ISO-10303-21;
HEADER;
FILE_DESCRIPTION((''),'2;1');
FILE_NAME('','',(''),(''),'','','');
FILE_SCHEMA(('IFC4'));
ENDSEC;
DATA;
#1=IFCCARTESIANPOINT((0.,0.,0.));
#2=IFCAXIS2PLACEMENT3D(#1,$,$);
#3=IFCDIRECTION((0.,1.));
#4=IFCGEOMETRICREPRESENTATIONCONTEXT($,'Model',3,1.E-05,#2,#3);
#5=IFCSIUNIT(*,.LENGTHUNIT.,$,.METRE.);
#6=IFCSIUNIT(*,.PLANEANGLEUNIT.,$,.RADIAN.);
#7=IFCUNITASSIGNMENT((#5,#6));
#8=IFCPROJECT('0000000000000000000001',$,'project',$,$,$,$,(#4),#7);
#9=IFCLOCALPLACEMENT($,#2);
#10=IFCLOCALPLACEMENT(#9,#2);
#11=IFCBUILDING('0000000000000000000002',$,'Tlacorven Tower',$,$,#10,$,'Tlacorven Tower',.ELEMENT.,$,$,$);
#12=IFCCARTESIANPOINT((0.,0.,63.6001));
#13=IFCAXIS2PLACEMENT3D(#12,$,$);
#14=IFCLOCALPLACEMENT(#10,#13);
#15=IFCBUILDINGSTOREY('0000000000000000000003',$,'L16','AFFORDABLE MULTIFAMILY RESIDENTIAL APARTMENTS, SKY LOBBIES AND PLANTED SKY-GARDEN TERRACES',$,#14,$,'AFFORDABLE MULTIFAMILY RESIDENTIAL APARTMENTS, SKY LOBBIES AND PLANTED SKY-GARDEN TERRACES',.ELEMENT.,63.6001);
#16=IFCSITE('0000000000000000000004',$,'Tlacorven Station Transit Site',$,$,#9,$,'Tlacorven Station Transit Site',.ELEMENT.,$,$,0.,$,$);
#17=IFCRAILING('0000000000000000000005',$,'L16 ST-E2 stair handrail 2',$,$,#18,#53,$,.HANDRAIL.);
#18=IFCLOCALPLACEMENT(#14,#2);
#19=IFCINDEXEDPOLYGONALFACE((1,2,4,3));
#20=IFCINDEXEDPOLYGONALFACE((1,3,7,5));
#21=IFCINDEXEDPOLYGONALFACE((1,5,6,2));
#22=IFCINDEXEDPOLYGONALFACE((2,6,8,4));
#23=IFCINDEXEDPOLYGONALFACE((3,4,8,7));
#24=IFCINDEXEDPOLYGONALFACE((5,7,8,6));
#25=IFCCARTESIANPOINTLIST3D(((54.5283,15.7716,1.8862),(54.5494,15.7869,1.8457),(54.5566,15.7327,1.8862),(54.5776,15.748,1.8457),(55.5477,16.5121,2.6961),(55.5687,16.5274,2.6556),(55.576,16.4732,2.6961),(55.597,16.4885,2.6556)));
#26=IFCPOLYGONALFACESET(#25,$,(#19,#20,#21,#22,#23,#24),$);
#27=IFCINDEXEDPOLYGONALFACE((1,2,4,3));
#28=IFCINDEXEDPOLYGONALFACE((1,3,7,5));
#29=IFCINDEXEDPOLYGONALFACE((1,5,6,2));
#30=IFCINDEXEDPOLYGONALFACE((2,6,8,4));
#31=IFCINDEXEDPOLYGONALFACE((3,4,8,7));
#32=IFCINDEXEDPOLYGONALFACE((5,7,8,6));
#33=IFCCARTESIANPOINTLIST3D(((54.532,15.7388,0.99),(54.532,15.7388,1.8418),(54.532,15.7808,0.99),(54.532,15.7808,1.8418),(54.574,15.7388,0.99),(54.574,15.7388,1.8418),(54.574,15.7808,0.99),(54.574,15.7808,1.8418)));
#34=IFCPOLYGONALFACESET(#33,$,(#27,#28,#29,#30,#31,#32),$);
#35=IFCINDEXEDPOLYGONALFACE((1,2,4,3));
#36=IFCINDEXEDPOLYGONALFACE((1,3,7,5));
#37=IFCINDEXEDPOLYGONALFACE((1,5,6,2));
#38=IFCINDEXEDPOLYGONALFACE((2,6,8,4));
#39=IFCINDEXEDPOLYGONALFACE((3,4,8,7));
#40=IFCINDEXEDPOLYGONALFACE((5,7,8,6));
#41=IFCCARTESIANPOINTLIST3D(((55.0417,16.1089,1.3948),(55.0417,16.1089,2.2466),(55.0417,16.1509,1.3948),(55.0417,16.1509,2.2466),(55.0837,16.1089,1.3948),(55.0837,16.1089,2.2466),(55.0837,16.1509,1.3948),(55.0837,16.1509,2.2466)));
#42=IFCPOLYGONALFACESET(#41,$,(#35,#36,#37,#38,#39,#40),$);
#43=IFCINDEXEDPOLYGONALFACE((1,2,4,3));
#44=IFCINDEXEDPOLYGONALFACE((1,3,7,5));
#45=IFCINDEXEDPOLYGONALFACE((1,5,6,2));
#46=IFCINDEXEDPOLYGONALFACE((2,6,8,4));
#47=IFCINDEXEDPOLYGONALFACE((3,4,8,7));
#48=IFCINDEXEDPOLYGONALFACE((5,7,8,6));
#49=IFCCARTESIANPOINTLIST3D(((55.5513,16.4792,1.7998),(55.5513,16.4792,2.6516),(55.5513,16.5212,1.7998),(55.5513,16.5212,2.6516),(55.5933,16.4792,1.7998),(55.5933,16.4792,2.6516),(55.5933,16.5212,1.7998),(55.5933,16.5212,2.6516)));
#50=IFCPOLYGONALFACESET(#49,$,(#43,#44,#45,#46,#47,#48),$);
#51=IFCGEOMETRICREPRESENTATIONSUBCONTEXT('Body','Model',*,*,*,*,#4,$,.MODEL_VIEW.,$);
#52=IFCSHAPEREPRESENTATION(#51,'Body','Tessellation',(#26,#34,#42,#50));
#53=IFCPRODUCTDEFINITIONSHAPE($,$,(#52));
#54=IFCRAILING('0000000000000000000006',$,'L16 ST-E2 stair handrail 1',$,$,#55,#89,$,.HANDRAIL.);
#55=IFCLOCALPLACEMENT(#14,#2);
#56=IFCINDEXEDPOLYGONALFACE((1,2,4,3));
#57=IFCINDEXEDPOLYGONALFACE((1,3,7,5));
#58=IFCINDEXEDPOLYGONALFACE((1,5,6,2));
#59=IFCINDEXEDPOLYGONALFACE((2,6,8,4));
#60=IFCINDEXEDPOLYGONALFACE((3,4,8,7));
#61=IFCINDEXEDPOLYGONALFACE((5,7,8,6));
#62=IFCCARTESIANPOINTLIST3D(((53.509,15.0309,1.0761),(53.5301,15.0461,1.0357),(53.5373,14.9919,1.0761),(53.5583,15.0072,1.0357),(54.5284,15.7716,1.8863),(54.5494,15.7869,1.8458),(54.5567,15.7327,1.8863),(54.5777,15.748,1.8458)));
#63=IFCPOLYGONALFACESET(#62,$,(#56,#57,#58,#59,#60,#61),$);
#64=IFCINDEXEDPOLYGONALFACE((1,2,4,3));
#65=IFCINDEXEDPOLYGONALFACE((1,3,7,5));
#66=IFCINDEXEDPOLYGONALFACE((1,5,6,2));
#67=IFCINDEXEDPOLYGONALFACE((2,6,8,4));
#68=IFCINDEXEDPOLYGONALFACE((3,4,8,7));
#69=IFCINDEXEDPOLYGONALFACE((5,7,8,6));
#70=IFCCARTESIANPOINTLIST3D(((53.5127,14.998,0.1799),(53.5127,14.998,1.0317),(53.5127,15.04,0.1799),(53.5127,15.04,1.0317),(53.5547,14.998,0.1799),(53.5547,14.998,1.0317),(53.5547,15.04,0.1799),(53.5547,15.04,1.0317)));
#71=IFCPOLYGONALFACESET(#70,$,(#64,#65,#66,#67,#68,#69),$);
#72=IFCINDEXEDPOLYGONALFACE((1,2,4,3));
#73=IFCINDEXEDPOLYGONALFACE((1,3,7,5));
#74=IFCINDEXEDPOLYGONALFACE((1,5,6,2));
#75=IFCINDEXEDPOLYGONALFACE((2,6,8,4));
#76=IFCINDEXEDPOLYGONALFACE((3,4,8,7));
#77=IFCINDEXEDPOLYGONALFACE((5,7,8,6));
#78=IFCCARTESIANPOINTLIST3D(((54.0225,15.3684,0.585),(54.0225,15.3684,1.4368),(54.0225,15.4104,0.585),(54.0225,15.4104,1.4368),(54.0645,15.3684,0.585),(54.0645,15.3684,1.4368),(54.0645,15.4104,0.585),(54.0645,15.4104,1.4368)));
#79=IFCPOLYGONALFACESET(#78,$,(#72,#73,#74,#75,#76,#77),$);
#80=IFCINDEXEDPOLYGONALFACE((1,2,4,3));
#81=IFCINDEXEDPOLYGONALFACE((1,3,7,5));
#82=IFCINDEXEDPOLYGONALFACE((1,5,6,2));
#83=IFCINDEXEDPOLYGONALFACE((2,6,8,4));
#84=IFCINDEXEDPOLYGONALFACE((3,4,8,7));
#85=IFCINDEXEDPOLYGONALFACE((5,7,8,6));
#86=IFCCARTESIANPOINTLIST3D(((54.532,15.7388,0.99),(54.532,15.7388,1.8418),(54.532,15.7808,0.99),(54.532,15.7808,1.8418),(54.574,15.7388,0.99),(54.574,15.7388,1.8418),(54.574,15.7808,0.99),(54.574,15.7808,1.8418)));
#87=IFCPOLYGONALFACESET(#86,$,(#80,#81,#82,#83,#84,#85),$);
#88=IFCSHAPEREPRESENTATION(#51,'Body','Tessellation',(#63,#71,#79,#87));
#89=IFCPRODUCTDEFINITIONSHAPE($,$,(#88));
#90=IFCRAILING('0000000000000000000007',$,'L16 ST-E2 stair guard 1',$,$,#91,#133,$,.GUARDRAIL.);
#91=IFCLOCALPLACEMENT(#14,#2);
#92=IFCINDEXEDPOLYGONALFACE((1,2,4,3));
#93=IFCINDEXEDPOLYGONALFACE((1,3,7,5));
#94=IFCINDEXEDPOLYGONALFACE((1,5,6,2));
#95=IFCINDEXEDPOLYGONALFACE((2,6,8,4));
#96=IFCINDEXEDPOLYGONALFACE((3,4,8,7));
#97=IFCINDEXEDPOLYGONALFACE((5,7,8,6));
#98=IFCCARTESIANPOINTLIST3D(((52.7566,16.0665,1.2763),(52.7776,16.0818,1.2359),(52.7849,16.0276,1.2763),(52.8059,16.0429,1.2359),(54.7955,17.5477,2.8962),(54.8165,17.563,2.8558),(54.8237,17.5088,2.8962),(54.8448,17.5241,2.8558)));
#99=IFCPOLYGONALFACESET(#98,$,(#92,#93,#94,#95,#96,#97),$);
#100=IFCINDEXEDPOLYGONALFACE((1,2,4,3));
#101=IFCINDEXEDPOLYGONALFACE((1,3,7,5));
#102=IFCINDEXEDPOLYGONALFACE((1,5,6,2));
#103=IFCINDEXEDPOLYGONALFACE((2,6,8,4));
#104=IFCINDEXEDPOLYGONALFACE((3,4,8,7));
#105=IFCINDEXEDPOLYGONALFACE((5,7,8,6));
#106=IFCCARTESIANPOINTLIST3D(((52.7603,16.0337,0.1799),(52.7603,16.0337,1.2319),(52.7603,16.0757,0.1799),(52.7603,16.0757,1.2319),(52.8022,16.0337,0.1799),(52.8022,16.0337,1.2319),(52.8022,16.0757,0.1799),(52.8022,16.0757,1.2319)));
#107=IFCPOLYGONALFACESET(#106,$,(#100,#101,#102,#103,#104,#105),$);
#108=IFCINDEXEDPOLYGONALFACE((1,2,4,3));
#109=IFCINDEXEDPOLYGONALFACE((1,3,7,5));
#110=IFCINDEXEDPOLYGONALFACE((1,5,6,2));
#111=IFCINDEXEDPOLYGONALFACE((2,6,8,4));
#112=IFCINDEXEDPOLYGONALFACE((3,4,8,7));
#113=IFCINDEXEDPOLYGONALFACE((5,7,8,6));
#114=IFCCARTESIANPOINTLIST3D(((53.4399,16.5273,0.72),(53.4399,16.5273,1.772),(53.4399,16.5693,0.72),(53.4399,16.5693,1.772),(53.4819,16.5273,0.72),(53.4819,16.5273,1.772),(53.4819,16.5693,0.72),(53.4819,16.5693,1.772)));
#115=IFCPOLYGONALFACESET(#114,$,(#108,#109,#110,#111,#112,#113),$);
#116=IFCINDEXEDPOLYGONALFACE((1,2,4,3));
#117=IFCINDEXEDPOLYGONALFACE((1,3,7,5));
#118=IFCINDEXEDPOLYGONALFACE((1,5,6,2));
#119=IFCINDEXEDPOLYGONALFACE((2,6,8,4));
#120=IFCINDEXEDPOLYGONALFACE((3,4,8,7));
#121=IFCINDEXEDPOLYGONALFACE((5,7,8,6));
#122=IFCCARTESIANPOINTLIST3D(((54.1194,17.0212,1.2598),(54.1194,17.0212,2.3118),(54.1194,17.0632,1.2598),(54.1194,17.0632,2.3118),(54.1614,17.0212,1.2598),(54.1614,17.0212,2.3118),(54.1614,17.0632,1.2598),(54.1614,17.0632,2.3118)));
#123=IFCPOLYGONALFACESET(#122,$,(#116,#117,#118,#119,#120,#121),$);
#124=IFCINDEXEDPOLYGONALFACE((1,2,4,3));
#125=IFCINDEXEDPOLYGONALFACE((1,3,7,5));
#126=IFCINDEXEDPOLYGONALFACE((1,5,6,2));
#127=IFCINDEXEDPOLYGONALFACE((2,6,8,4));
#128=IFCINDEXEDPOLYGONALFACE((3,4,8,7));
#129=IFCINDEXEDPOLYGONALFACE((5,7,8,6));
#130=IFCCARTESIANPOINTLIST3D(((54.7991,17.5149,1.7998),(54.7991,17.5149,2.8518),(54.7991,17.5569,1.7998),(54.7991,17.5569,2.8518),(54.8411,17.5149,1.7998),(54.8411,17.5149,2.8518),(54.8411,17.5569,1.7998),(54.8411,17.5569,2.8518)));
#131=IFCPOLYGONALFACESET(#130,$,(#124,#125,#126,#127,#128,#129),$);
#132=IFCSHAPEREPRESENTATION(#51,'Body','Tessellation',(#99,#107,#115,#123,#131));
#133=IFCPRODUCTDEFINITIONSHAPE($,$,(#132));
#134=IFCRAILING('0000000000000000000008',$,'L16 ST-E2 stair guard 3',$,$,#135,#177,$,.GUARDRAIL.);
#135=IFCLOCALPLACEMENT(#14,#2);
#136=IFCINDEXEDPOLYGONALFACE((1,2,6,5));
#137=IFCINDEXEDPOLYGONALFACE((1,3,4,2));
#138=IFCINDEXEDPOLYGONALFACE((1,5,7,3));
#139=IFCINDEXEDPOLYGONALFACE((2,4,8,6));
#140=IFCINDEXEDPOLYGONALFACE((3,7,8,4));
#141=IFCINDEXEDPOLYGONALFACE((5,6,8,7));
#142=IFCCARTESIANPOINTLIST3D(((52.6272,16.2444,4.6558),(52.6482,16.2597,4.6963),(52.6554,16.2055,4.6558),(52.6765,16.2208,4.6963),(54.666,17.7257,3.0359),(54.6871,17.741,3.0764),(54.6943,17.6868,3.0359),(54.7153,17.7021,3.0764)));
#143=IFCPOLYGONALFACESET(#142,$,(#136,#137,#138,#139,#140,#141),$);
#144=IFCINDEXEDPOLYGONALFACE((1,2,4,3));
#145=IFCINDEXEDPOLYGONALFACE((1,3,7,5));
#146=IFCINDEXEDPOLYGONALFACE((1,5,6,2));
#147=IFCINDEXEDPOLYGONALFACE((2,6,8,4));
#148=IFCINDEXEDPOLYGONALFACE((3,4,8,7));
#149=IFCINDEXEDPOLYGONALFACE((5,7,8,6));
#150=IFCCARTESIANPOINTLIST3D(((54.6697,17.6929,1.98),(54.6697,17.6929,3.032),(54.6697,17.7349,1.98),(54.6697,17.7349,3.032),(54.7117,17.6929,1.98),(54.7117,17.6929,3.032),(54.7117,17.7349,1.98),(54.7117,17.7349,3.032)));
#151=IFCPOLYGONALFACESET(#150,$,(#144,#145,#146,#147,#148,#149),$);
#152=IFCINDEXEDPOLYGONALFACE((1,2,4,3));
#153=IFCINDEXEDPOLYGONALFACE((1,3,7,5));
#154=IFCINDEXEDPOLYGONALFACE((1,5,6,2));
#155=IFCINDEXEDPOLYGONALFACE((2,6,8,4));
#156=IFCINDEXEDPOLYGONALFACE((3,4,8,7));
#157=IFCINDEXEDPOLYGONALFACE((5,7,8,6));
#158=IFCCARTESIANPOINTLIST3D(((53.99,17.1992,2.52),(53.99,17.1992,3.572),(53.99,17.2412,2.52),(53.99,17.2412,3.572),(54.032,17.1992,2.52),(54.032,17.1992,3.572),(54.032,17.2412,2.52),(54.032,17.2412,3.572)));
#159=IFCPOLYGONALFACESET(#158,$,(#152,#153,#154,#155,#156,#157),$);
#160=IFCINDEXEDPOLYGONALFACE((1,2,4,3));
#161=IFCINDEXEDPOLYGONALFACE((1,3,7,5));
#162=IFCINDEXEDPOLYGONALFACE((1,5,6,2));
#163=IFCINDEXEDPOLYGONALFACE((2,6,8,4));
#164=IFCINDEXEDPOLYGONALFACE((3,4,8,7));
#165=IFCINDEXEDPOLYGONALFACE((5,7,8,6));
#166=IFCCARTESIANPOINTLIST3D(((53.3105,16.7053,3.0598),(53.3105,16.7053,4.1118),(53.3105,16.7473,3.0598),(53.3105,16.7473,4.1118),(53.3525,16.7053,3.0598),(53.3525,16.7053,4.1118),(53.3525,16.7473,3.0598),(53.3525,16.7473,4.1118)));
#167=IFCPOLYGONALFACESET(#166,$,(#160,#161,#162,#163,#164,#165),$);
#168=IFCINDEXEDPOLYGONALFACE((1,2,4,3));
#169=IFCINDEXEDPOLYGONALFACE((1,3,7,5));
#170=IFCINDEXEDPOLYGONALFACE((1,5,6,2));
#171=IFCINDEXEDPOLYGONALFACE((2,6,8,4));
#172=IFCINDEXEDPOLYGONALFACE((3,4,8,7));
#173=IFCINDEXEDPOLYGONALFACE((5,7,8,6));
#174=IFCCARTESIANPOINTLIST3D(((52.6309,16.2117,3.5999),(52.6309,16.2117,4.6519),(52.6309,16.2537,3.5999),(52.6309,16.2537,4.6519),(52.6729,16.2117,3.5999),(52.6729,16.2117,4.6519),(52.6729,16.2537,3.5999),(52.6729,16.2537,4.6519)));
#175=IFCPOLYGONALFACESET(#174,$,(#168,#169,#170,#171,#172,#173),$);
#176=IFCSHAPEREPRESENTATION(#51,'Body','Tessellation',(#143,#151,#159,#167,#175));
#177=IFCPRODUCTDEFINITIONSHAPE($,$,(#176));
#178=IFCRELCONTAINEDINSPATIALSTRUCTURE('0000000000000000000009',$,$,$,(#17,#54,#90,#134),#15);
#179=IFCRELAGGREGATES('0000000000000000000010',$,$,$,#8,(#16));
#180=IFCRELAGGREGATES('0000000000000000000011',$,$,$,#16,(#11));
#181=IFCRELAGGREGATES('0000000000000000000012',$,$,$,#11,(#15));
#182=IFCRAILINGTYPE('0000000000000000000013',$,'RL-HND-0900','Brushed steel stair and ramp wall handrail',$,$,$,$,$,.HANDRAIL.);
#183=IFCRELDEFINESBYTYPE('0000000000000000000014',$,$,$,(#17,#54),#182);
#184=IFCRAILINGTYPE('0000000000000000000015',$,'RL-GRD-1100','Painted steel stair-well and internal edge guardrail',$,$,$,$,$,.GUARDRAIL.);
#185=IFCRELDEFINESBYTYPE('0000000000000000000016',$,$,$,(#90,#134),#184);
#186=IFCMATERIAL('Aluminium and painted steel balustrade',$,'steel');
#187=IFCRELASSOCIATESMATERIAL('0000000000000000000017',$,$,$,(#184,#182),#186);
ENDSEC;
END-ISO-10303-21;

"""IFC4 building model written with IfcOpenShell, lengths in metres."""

from ifc_helpers import new_model, si_unit, direction, frame, origin, origin_2d, place, context, subcontext, project, spatial, rectangle, extrude, source, transform, mapped, material, type_object, element, save


model = new_model("IFC4")

# Units and contexts
model_context = context("Model", 3, precision=1e-05, world=origin(), true_north=direction((0.0, 1.0)))
body_context = subcontext(model_context, "Body", "Model", "MODEL_VIEW")
ifc_project = project(units=[si_unit("LENGTHUNIT", "METRE"), si_unit("PLANEANGLEUNIT", "RADIAN")], contexts=[model_context])

# Site, building, storey
site_placement = place(None, origin())
site = spatial("IfcSite", under=ifc_project, at=site_placement, Name="Tlacorven Station Transit Site", LongName="Tlacorven Station Transit Site", CompositionType="ELEMENT", RefElevation=0.0)
building_placement = place(site_placement, origin())
building = spatial("IfcBuilding", under=site, at=building_placement, Name="Tlacorven Tower", LongName="Tlacorven Tower", CompositionType="ELEMENT")
storey_placement = place(building_placement, frame((0.0, 0.0, 63.6001)))
storey = spatial("IfcBuildingStorey", under=building, at=storey_placement, Name="L16", Description="AFFORDABLE MULTIFAMILY RESIDENTIAL APARTMENTS, SKY LOBBIES AND PLANTED SKY-GARDEN TERRACES", LongName="AFFORDABLE MULTIFAMILY RESIDENTIAL APARTMENTS, SKY LOBBIES AND PLANTED SKY-GARDEN TERRACES", CompositionType="ELEMENT", Elevation=63.6001)

# Railings
ifc_material_1 = material(Name="Aluminium and painted steel balustrade", Category="steel")
railing_type_1 = type_object("IfcRailingType", Name="RL-GRD-1100", Description="Painted steel stair-well and internal edge guardrail", PredefinedType="GUARDRAIL", material=ifc_material_1)
railing_type_2 = type_object("IfcRailingType", Name="RL-HND-0900", Description="Brushed steel stair and ramp wall handrail", PredefinedType="HANDRAIL", material=ifc_material_1)
shared_shape_1 = source(origin(), body_context, "Body", "SweptSolid", [
    extrude(rectangle(XDim=0.0481, YDim=0.0481, at=origin_2d()), frame((0.0, 0.0, 0.876), z_axis=(0.680576, 0.494416, 0.540712), x_axis=(-0.587745, 0.809046, 0.0)), (0.0, 0.0, 1.0), 1.4978),
    extrude(rectangle(XDim=0.042, YDim=0.042, at=origin_2d()), origin(), (0.0, 0.0, 1.0), 0.8518),
    extrude(rectangle(XDim=0.042, YDim=0.042, at=origin_2d()), frame((0.5098, 0.3701, 0.4048)), (0.0, 0.0, 1.0), 0.8518),
    extrude(rectangle(XDim=0.042, YDim=0.042, at=origin_2d()), frame((1.0193, 0.7405, 0.8098)), (0.0, 0.0, 1.0), 0.8518),
])
railing_1_placement = place(storey_placement, frame((54.553, 15.7598, 0.99)))
element("IfcRailing", 1, at=railing_1_placement, inside=storey, type_object=railing_type_2, Name="L16 ST-E2 stair handrail 2", PredefinedType="HANDRAIL", context=body_context, shape_type="MappedRepresentation", body=[
    mapped(shared_shape_1, transform((0.0, 0.0, 0.0), scale=1.0)),
])
shared_shape_2 = source(origin(), body_context, "Body", "SweptSolid", [
    extrude(rectangle(XDim=0.0481, YDim=0.0481, at=origin_2d()), frame((0.0, 0.0, 0.876), z_axis=(0.680461, 0.494496, 0.540783), x_axis=(-0.587872, 0.808954, 0.0)), (0.0, 0.0, 1.0), 1.498),
    extrude(rectangle(XDim=0.042, YDim=0.042, at=origin_2d()), origin(), (0.0, 0.0, 1.0), 0.8518),
    extrude(rectangle(XDim=0.042, YDim=0.042, at=origin_2d()), frame((0.5098, 0.3704, 0.405)), (0.0, 0.0, 1.0), 0.8518),
    extrude(rectangle(XDim=0.042, YDim=0.042, at=origin_2d()), frame((1.0193, 0.7407, 0.8101)), (0.0, 0.0, 1.0), 0.8518),
])
railing_2_placement = place(storey_placement, frame((53.5337, 15.019, 0.1799)))
element("IfcRailing", 2, at=railing_2_placement, inside=storey, type_object=railing_type_2, Name="L16 ST-E2 stair handrail 1", PredefinedType="HANDRAIL", context=body_context, shape_type="MappedRepresentation", body=[
    mapped(shared_shape_2, transform((0.0, 0.0, 0.0), scale=1.0)),
])
shared_shape_3 = source(origin(), body_context, "Body", "SweptSolid", [
    extrude(rectangle(XDim=0.0481, YDim=0.0481, at=origin_2d()), frame((0.0, 0.0, 1.0762), z_axis=(0.680562, 0.494428, 0.540717), x_axis=(-0.587763, 0.809033, 0.0)), (0.0, 0.0, 1.0), 2.9958),
    extrude(rectangle(XDim=0.042, YDim=0.042, at=origin_2d()), origin(), (0.0, 0.0, 1.0), 1.052),
    extrude(rectangle(XDim=0.042, YDim=0.042, at=origin_2d()), frame((0.6797, 0.4937, 0.54)), (0.0, 0.0, 1.0), 1.052),
    extrude(rectangle(XDim=0.042, YDim=0.042, at=origin_2d()), frame((1.3591, 0.9875, 1.0798)), (0.0, 0.0, 1.0), 1.052),
    extrude(rectangle(XDim=0.042, YDim=0.042, at=origin_2d()), frame((2.0388, 1.4812, 1.6199)), (0.0, 0.0, 1.0), 1.052),
])
railing_3_placement = place(storey_placement, frame((52.7812, 16.0547, 0.1799)))
element("IfcRailing", 3, at=railing_3_placement, inside=storey, type_object=railing_type_1, Name="L16 ST-E2 stair guard 1", PredefinedType="GUARDRAIL", context=body_context, shape_type="MappedRepresentation", body=[
    mapped(shared_shape_3, transform((0.0, 0.0, 0.0), scale=1.0)),
])
shared_shape_4 = source(origin(), body_context, "Body", "SweptSolid", [
    extrude(rectangle(XDim=0.0481, YDim=0.0481, at=origin_2d()), frame((0.0, 0.0, 1.0762), z_axis=(-0.680562, -0.494428, 0.540717), x_axis=(0.587763, -0.809033, 0.0)), (0.0, 0.0, 1.0), 2.9958),
    extrude(rectangle(XDim=0.042, YDim=0.042, at=origin_2d()), origin(), (0.0, 0.0, 1.0), 1.052),
    extrude(rectangle(XDim=0.042, YDim=0.042, at=origin_2d()), frame((-0.6797, -0.4937, 0.54)), (0.0, 0.0, 1.0), 1.052),
    extrude(rectangle(XDim=0.042, YDim=0.042, at=origin_2d()), frame((-1.3591, -0.9875, 1.0798)), (0.0, 0.0, 1.0), 1.052),
    extrude(rectangle(XDim=0.042, YDim=0.042, at=origin_2d()), frame((-2.0388, -1.4812, 1.6199)), (0.0, 0.0, 1.0), 1.052),
])
railing_4_placement = place(storey_placement, frame((54.6907, 17.7139, 1.98)))
element("IfcRailing", 4, at=railing_4_placement, inside=storey, type_object=railing_type_1, Name="L16 ST-E2 stair guard 3", PredefinedType="GUARDRAIL", context=body_context, shape_type="MappedRepresentation", body=[
    mapped(shared_shape_4, transform((0.0, 0.0, 0.0), scale=1.0)),
])

save(model, "model.ifc")
